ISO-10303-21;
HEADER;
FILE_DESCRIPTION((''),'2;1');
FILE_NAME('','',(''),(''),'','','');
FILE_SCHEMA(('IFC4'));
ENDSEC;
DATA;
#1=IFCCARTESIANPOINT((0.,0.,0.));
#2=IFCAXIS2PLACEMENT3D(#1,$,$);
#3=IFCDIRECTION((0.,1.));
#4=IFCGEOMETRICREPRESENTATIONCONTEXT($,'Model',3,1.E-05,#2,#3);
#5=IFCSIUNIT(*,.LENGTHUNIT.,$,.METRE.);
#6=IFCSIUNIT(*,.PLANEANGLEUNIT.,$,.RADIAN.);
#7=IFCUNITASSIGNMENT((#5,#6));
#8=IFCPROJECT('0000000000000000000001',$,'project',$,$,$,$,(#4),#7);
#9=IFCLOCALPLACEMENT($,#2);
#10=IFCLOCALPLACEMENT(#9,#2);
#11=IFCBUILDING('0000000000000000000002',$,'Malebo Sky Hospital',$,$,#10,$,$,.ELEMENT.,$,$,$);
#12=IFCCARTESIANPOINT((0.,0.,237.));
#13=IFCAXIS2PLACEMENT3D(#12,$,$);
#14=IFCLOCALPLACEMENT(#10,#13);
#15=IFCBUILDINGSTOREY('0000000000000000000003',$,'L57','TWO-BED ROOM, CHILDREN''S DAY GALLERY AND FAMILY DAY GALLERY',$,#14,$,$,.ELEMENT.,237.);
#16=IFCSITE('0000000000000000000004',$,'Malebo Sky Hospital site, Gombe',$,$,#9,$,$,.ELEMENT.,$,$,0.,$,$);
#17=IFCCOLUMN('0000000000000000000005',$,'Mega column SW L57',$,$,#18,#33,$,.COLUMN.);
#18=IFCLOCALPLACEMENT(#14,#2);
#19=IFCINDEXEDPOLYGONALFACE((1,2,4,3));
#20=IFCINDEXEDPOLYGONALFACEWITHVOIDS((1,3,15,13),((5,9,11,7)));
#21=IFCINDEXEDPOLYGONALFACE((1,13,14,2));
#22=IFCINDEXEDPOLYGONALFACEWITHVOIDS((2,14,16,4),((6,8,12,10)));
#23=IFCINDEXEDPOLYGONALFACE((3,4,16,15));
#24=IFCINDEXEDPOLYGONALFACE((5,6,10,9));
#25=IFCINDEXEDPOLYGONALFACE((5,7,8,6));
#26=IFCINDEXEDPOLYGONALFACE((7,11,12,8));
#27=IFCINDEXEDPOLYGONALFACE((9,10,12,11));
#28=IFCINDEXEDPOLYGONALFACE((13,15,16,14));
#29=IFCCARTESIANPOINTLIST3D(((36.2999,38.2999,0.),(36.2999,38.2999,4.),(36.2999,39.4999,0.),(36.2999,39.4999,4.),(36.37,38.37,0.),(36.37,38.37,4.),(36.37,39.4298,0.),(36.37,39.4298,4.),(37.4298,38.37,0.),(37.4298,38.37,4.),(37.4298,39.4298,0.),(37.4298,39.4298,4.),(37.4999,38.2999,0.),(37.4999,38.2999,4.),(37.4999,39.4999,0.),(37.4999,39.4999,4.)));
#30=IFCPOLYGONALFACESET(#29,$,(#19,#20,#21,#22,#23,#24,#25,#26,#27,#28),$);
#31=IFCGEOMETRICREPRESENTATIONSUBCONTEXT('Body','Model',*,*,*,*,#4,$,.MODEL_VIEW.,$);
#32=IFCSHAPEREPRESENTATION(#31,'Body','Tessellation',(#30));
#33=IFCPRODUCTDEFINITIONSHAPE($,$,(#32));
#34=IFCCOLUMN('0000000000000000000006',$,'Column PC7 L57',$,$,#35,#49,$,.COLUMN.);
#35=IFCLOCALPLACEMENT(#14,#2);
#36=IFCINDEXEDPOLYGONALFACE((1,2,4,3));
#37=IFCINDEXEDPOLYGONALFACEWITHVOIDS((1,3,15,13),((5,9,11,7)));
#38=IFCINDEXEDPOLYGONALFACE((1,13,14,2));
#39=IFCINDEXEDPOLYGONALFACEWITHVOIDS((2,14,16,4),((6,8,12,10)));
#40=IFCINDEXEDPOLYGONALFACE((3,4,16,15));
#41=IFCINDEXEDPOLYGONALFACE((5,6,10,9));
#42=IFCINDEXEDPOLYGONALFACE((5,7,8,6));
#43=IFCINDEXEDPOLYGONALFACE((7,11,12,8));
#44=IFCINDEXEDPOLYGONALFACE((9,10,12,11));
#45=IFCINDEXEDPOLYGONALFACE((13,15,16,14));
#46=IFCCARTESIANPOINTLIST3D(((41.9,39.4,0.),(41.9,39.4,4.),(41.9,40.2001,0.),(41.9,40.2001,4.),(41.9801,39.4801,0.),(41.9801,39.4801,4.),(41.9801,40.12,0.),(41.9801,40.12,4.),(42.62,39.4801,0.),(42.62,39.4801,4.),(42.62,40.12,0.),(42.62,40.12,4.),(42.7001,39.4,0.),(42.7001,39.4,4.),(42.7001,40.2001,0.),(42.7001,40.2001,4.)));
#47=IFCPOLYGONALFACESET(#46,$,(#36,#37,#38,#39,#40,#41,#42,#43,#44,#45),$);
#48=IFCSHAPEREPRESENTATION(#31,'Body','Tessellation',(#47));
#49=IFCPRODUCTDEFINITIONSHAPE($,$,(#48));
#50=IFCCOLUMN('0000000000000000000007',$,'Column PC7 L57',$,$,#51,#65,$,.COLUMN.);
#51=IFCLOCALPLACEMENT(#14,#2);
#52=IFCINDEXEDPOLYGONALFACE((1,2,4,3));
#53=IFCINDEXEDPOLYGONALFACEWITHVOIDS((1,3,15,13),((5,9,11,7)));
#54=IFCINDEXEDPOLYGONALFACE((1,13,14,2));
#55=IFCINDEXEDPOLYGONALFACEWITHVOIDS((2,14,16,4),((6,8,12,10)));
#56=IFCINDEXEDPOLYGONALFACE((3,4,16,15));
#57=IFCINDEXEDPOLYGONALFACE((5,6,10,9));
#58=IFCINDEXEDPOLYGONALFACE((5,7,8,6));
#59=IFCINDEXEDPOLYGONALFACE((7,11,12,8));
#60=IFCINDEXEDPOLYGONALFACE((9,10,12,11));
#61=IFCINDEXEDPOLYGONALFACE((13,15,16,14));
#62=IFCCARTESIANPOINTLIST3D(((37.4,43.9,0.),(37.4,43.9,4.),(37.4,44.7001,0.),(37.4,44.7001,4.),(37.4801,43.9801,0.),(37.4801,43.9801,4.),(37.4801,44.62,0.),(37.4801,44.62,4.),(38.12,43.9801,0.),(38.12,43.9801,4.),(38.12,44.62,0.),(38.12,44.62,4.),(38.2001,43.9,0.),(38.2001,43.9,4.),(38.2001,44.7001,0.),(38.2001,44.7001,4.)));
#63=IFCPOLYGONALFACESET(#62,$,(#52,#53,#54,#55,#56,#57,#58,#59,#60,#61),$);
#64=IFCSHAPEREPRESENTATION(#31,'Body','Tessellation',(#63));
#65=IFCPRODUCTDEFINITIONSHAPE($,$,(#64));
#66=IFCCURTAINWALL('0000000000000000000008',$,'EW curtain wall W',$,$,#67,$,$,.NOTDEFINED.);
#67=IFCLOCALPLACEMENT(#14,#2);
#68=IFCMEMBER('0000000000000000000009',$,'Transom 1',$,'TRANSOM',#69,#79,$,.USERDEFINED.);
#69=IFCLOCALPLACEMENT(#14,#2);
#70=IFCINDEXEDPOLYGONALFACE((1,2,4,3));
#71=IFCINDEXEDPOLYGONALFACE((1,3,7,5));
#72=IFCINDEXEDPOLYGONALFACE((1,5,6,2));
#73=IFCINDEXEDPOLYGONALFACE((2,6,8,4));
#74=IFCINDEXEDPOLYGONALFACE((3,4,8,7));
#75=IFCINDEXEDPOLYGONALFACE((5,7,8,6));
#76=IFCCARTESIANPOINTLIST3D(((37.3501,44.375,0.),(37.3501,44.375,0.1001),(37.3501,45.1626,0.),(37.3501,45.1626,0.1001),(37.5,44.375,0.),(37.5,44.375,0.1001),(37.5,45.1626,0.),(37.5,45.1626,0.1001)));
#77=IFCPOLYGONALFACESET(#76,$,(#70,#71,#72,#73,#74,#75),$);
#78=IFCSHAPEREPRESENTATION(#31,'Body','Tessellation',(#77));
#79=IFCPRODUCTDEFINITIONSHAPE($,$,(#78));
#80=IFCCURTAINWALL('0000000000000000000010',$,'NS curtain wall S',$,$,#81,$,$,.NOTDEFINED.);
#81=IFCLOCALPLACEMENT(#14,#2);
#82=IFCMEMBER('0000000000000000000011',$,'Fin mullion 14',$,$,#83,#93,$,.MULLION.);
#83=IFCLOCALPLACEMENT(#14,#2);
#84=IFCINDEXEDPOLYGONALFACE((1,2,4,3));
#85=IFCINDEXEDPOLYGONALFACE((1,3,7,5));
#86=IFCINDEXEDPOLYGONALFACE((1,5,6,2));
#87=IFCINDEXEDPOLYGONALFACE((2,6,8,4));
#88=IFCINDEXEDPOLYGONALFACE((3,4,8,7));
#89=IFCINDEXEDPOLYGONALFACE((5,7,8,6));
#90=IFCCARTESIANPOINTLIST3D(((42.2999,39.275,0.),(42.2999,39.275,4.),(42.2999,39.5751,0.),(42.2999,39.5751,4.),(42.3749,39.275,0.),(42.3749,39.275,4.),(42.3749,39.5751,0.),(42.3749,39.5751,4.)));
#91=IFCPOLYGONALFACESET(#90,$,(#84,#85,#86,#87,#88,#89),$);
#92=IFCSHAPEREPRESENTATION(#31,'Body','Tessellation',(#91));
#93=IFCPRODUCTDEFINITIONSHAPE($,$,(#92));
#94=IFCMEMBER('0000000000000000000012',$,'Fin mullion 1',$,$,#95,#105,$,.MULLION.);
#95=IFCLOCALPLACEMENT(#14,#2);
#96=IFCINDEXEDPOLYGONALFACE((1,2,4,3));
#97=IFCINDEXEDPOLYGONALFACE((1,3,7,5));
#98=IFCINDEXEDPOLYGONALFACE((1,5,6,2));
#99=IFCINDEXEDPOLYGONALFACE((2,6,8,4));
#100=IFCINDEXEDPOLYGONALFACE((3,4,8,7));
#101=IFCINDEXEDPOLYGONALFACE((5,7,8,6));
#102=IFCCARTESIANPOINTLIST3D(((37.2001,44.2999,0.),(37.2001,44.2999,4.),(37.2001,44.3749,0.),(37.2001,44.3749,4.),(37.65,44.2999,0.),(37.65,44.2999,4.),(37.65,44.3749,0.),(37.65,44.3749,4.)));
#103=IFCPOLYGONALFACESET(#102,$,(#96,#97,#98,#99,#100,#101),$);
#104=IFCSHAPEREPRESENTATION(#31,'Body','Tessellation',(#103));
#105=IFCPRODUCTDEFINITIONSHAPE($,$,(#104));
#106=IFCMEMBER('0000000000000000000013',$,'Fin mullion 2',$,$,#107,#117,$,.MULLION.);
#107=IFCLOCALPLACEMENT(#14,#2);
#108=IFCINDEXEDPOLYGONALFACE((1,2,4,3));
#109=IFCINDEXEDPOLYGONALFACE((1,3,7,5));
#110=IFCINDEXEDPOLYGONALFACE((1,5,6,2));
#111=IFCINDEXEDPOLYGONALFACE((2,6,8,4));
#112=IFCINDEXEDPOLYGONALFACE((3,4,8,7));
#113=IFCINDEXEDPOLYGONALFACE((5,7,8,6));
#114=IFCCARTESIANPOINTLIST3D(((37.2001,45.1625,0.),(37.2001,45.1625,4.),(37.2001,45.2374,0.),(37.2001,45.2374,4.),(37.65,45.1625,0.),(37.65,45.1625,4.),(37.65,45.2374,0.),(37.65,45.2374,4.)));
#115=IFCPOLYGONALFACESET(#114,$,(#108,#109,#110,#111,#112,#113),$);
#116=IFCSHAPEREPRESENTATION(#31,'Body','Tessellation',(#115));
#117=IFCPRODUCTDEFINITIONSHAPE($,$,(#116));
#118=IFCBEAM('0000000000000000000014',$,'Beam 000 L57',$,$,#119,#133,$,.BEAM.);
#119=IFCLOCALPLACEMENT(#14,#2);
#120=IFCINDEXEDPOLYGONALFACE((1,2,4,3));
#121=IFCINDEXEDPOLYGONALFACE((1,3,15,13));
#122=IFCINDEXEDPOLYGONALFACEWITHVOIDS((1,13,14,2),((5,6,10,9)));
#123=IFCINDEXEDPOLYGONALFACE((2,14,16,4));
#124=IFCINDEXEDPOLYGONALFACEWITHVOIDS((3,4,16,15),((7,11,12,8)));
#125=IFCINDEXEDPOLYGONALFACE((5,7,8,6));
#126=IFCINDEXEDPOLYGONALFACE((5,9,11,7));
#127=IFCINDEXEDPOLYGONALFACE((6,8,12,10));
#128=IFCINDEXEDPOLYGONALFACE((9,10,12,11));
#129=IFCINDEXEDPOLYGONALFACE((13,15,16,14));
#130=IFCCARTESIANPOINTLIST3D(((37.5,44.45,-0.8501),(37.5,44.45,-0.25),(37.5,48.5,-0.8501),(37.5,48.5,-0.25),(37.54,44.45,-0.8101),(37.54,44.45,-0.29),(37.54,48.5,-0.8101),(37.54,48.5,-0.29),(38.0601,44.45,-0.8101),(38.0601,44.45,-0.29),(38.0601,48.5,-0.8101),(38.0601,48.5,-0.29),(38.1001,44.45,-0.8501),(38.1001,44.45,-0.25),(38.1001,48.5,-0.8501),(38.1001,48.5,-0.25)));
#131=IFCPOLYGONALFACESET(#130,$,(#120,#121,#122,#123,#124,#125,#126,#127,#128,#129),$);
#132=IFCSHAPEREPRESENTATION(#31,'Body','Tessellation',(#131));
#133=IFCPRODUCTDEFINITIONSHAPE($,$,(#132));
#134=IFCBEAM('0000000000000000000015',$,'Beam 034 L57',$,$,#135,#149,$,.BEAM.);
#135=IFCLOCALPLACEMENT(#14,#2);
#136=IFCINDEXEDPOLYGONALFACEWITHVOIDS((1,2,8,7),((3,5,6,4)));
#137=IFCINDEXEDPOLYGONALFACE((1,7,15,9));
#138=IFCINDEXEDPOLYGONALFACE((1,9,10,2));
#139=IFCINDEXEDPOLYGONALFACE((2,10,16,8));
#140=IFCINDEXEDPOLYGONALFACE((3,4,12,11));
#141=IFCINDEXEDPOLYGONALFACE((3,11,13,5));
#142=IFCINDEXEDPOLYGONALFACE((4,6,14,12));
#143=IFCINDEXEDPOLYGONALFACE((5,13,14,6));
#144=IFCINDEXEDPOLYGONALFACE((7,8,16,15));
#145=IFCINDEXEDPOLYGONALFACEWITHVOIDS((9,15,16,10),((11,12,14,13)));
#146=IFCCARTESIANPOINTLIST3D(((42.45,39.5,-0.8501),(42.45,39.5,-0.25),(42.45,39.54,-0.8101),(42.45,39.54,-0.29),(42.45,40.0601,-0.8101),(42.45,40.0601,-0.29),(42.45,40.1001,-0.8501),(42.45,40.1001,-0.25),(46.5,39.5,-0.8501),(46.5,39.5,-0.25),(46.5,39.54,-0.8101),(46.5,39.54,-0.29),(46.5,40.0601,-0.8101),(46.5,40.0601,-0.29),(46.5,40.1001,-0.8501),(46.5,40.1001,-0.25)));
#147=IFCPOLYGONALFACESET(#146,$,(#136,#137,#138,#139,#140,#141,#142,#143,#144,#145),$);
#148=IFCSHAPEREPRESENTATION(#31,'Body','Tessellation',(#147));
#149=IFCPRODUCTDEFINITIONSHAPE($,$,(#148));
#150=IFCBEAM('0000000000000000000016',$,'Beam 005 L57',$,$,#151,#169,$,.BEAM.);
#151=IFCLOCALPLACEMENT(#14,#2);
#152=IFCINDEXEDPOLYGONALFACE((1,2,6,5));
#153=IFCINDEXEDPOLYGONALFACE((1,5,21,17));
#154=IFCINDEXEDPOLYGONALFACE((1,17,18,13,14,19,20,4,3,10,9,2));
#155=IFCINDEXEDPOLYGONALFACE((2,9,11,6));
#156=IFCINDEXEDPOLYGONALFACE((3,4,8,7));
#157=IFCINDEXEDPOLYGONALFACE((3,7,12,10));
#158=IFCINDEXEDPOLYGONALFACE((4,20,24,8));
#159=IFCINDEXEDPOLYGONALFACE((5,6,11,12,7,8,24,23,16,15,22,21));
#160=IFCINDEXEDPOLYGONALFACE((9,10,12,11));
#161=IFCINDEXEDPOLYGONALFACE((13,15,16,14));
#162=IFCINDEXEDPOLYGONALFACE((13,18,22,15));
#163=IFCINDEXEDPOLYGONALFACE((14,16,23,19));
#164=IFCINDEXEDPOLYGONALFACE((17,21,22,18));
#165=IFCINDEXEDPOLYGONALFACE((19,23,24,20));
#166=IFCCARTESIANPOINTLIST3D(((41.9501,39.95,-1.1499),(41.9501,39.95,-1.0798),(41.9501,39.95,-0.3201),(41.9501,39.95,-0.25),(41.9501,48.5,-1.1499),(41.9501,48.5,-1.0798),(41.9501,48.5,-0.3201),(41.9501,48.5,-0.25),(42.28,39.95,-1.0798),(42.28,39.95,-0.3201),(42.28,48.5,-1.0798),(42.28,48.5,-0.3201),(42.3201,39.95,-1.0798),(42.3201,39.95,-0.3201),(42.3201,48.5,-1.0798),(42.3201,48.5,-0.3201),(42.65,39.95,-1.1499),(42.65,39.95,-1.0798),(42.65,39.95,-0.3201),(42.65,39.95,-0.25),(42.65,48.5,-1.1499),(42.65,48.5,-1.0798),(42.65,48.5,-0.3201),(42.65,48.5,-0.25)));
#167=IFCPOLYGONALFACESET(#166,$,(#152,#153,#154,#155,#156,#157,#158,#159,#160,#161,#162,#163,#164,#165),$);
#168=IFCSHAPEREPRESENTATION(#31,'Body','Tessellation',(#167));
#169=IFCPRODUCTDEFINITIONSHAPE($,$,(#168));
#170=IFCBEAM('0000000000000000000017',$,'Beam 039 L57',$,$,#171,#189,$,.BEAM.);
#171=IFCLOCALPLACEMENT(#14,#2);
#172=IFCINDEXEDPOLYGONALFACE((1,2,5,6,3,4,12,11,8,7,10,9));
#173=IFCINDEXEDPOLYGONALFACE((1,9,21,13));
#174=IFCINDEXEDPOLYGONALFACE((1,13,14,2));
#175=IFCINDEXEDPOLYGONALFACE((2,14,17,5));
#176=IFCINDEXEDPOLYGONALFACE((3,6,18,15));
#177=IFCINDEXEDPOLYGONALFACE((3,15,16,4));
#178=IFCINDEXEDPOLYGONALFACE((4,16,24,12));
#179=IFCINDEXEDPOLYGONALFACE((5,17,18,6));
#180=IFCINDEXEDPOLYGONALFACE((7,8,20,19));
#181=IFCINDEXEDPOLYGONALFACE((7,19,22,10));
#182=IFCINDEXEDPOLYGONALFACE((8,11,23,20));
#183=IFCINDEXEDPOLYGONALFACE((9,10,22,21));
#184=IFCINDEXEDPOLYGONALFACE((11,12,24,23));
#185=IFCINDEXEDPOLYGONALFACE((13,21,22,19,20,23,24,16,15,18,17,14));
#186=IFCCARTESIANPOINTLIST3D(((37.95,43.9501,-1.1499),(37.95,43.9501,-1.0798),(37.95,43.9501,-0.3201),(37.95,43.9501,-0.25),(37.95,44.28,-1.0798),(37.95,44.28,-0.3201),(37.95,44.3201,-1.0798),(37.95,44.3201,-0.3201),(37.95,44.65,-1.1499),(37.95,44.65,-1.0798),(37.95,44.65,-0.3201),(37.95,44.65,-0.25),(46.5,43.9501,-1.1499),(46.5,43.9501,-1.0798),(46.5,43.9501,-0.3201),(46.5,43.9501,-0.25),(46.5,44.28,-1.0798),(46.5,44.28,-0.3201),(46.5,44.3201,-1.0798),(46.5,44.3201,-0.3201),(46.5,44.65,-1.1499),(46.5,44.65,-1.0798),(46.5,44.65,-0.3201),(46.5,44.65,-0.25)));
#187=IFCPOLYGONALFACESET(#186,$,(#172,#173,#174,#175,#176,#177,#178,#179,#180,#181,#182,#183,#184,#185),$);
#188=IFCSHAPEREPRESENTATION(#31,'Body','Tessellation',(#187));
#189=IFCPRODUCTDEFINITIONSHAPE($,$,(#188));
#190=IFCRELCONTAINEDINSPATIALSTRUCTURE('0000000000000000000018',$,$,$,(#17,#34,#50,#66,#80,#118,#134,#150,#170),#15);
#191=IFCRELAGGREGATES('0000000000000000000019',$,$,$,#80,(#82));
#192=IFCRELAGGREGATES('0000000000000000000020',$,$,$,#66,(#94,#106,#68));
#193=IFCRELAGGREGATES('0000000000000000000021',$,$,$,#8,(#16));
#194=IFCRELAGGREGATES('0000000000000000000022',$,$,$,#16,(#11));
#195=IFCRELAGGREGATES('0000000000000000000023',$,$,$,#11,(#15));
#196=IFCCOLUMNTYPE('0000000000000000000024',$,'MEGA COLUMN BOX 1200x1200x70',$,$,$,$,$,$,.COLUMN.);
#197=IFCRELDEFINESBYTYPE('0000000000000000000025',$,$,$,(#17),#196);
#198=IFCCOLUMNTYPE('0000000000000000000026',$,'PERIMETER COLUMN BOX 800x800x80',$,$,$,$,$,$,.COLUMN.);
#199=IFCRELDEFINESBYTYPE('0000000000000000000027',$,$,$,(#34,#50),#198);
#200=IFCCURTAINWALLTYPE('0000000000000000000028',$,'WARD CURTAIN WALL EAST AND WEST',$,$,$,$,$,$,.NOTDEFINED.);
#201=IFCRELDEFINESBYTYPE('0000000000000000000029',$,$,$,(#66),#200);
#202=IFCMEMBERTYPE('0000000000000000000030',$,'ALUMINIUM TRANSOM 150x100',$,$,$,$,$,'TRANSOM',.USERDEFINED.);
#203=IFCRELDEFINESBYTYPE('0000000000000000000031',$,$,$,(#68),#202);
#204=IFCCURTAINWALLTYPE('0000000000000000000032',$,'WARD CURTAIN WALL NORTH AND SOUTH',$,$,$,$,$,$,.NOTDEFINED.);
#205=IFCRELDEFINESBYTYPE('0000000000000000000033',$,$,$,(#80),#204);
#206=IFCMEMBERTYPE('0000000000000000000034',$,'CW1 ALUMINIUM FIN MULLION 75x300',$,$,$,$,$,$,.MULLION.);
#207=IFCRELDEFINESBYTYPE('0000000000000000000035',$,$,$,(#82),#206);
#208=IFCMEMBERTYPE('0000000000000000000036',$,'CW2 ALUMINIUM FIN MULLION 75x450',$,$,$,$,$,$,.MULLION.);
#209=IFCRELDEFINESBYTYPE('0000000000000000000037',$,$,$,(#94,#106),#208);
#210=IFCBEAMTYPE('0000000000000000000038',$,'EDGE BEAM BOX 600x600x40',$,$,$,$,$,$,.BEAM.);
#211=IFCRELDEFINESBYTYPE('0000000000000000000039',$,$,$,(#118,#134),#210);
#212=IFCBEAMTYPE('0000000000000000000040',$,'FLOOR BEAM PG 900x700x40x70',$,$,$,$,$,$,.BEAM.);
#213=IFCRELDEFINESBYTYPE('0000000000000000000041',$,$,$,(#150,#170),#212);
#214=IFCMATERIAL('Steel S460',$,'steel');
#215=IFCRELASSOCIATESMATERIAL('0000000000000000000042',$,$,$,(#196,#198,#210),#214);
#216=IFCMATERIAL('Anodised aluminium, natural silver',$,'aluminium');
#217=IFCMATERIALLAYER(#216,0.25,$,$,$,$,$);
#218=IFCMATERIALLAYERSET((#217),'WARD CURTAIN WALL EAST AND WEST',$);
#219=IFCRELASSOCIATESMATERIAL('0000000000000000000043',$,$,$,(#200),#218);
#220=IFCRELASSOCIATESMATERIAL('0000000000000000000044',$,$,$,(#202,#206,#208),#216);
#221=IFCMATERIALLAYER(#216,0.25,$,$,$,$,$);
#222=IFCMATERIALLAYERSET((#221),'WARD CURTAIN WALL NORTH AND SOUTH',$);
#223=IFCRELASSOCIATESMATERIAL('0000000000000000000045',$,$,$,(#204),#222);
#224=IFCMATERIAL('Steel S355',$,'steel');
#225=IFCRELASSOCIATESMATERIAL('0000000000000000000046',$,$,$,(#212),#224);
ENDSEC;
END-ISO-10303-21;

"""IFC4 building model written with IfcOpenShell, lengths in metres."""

from ifc_helpers import new_model, si_unit, direction, frame, origin, origin_2d, place, context, subcontext, project, spatial, rectangle, hollow_rectangle, i_section, extrude, material, layer, layer_set, material_profile, profile_set, type_object, element, aggregate, save


model = new_model("IFC4")

# Units and contexts
model_context = context("Model", 3, precision=1e-05, world=origin(), true_north=direction((0.0, 1.0)))
body_context = subcontext(model_context, "Body", "Model", "MODEL_VIEW")
ifc_project = project(units=[si_unit("LENGTHUNIT", "METRE"), si_unit("PLANEANGLEUNIT", "RADIAN")], contexts=[model_context])

# Site, building, storey
site_placement = place(None, origin())
site = spatial("IfcSite", under=ifc_project, at=site_placement, Name="Malebo Sky Hospital site, Gombe", CompositionType="ELEMENT", RefElevation=0.0)
building_placement = place(site_placement, origin())
building = spatial("IfcBuilding", under=site, at=building_placement, Name="Malebo Sky Hospital", CompositionType="ELEMENT")
storey_placement = place(building_placement, frame((0.0, 0.0, 237.0)))
storey = spatial("IfcBuildingStorey", under=building, at=storey_placement, Name="L57", Description="TWO-BED ROOM, CHILDREN'S DAY GALLERY AND FAMILY DAY GALLERY", CompositionType="ELEMENT", Elevation=237.0)

# Columns
ifc_material_1 = material(Name="Steel S460", Category="steel")
ifc_material_profile_1 = material_profile(ifc_material_1, hollow_rectangle(XDim=1.2, YDim=1.2, WallThickness=0.0701, at=origin_2d()), Name="BOX 1200x1200x70")
ifc_profile_set_1 = profile_set([ifc_material_profile_1], Name="Steel S460")
column_type_1 = type_object("IfcColumnType", Name="MEGA COLUMN BOX 1200x1200x70", PredefinedType="COLUMN", material=ifc_profile_set_1)
column_placement = place(storey_placement, frame((36.8999, 38.8999, 0.0), z_axis=(0.0, 0.0, 1.0), x_axis=(1.0, 0.0, 0.0)))
element("IfcColumn", 1, at=column_placement, inside=storey, type_object=column_type_1, Name="Mega column SW L57", PredefinedType="COLUMN", context=body_context, shape_type="SweptSolid", body=[
    extrude(hollow_rectangle(XDim=1.2, YDim=1.2, WallThickness=0.0701, at=origin_2d()), origin(), (0.0, 0.0, 1.0), 4.0),
])
ifc_material_profile_2 = material_profile(ifc_material_1, hollow_rectangle(XDim=0.8, YDim=0.8, WallThickness=0.0801, at=origin_2d()), Name="BOX 800x800x80")
ifc_profile_set_2 = profile_set([ifc_material_profile_2], Name="Steel S460")
column_type_2 = type_object("IfcColumnType", Name="PERIMETER COLUMN BOX 800x800x80", PredefinedType="COLUMN", material=ifc_profile_set_2)
for number, where, z_axis, x_axis, name in (
    (2, (42.3, 39.8, 0.0), (0.0, 0.0, 1.0), (1.0, 0.0, 0.0), "Column PC7 L57"),
    (3, (37.8, 44.3, 0.0), (0.0, 0.0, 1.0), (1.0, 0.0, 0.0), "Column PC7 L57"),
):
    element("IfcColumn", number, at=place(storey_placement, frame(where, z_axis=z_axis, x_axis=x_axis)), inside=storey, type_object=column_type_2, Name=name, PredefinedType="COLUMN", context=body_context, shape_type="SweptSolid", body=[
        extrude(hollow_rectangle(XDim=0.8, YDim=0.8, WallThickness=0.0801, at=origin_2d()), origin(), (0.0, 0.0, 1.0), 4.0),
    ])

# Curtain walls, members
ifc_material_2 = material(Name="Anodised aluminium, natural silver", Category="aluminium")
ifc_layer_1 = layer(ifc_material_2, 0.25)
ifc_layer_set_1 = layer_set([ifc_layer_1], Name="WARD CURTAIN WALL EAST AND WEST")
curtain_wall_type_1 = type_object("IfcCurtainWallType", Name="WARD CURTAIN WALL EAST AND WEST", PredefinedType="NOTDEFINED", material=ifc_layer_set_1)
curtain_wall_1_placement = place(storey_placement, origin())
curtain_wall_1 = element("IfcCurtainWall", 4, at=curtain_wall_1_placement, inside=storey, type_object=curtain_wall_type_1, Name="EW curtain wall W", PredefinedType="NOTDEFINED")
ifc_material_profile_3 = material_profile(ifc_material_2, rectangle(XDim=0.1499, YDim=0.1001, at=origin_2d()), Name="ALUMINIUM TRANSOM 150x100")
ifc_profile_set_3 = profile_set([ifc_material_profile_3], Name="Anodised aluminium, natural silver")
member_type_1 = type_object("IfcMemberType", Name="ALUMINIUM TRANSOM 150x100", ElementType="TRANSOM", PredefinedType="USERDEFINED", material=ifc_profile_set_3)
member_1_placement = place(storey_placement, frame((37.425, 44.375, 0.05), z_axis=(0.0, 1.0, 0.0), x_axis=(-1.0, 0.0, 0.0)))
member_1 = element("IfcMember", 5, at=member_1_placement, type_object=member_type_1, Name="Transom 1", ObjectType="TRANSOM", PredefinedType="USERDEFINED", context=body_context, shape_type="SweptSolid", body=[
    extrude(rectangle(XDim=0.1499, YDim=0.1001, at=origin_2d()), origin(), (0.0, 0.0, 1.0), 0.7876),
])
ifc_layer_2 = layer(ifc_material_2, 0.25)
ifc_layer_set_2 = layer_set([ifc_layer_2], Name="WARD CURTAIN WALL NORTH AND SOUTH")
curtain_wall_type_2 = type_object("IfcCurtainWallType", Name="WARD CURTAIN WALL NORTH AND SOUTH", PredefinedType="NOTDEFINED", material=ifc_layer_set_2)
curtain_wall_2_placement = place(storey_placement, origin())
curtain_wall_2 = element("IfcCurtainWall", 6, at=curtain_wall_2_placement, inside=storey, type_object=curtain_wall_type_2, Name="NS curtain wall S", PredefinedType="NOTDEFINED")
ifc_material_profile_4 = material_profile(ifc_material_2, rectangle(XDim=0.075, YDim=0.3, at=origin_2d()), Name="CW1 ALUMINIUM FIN MULLION 75x300")
ifc_profile_set_4 = profile_set([ifc_material_profile_4], Name="Anodised aluminium, natural silver")
member_type_2 = type_object("IfcMemberType", Name="CW1 ALUMINIUM FIN MULLION 75x300", PredefinedType="MULLION", material=ifc_profile_set_4)
member_2_placement = place(storey_placement, frame((42.3374, 39.425, 0.0), z_axis=(0.0, 0.0, 1.0), x_axis=(-1.0, 0.0, 0.0)))
member_2 = element("IfcMember", 7, at=member_2_placement, type_object=member_type_2, Name="Fin mullion 14", PredefinedType="MULLION", context=body_context, shape_type="SweptSolid", body=[
    extrude(rectangle(XDim=0.075, YDim=0.3, at=origin_2d()), origin(), (0.0, 0.0, 1.0), 4.0),
])
aggregate(curtain_wall_2, [member_2])

# Members
ifc_material_profile_5 = material_profile(ifc_material_2, rectangle(XDim=0.075, YDim=0.45, at=origin_2d()), Name="CW2 ALUMINIUM FIN MULLION 75x450")
ifc_profile_set_5 = profile_set([ifc_material_profile_5], Name="Anodised aluminium, natural silver")
member_type_3 = type_object("IfcMemberType", Name="CW2 ALUMINIUM FIN MULLION 75x450", PredefinedType="MULLION", material=ifc_profile_set_5)
member_3_placement = place(storey_placement, frame((37.425, 44.3374, 0.0), z_axis=(0.0, 0.0, 1.0), x_axis=(0.0, 1.0, 0.0)))
member_3 = element("IfcMember", 8, at=member_3_placement, type_object=member_type_3, Name="Fin mullion 1", PredefinedType="MULLION", context=body_context, shape_type="SweptSolid", body=[
    extrude(rectangle(XDim=0.075, YDim=0.45, at=origin_2d()), origin(), (0.0, 0.0, 1.0), 4.0),
])
member_4_placement = place(storey_placement, frame((37.425, 45.2, 0.0), z_axis=(0.0, 0.0, 1.0), x_axis=(0.0, 1.0, 0.0)))
member_4 = element("IfcMember", 9, at=member_4_placement, type_object=member_type_3, Name="Fin mullion 2", PredefinedType="MULLION", context=body_context, shape_type="SweptSolid", body=[
    extrude(rectangle(XDim=0.075, YDim=0.45, at=origin_2d()), origin(), (0.0, 0.0, 1.0), 4.0),
])

# Beams
ifc_material_profile_6 = material_profile(ifc_material_1, hollow_rectangle(XDim=0.6001, YDim=0.6001, WallThickness=0.04, at=origin_2d()), Name="BOX 600x600x40")
ifc_profile_set_6 = profile_set([ifc_material_profile_6], Name="Steel S460")
beam_type_1 = type_object("IfcBeamType", Name="EDGE BEAM BOX 600x600x40", PredefinedType="BEAM", material=ifc_profile_set_6)
for number, where, z_axis, x_axis, name in (
    (10, (37.8, 44.45, -0.55), (0.0, 1.0, 0.0), (-1.0, 0.0, 0.0), "Beam 000 L57"),
    (11, (42.45, 39.8, -0.55), (1.0, 0.0, 0.0), (0.0, 1.0, 0.0), "Beam 034 L57"),
):
    element("IfcBeam", number, at=place(storey_placement, frame(where, z_axis=z_axis, x_axis=x_axis)), inside=storey, type_object=beam_type_1, Name=name, PredefinedType="BEAM", context=body_context, shape_type="SweptSolid", body=[
        extrude(hollow_rectangle(XDim=0.6001, YDim=0.6001, WallThickness=0.04, at=origin_2d()), origin(), (0.0, 0.0, 1.0), 4.05),
    ])
ifc_material_3 = material(Name="Steel S355", Category="steel")
ifc_material_profile_7 = material_profile(ifc_material_3, i_section(OverallWidth=0.7, OverallDepth=0.8999, WebThickness=0.04, FlangeThickness=0.0701, at=origin_2d()), Name="PG 900x700x40x70")
ifc_profile_set_7 = profile_set([ifc_material_profile_7], Name="Steel S355")
beam_type_2 = type_object("IfcBeamType", Name="FLOOR BEAM PG 900x700x40x70", PredefinedType="BEAM", material=ifc_profile_set_7)
for number, where, z_axis, x_axis, name in (
    (12, (42.3, 39.95, -0.7), (0.0, 1.0, 0.0), (-1.0, 0.0, 0.0), "Beam 005 L57"),
    (13, (37.95, 44.3, -0.7), (1.0, 0.0, 0.0), (0.0, 1.0, 0.0), "Beam 039 L57"),
):
    element("IfcBeam", number, at=place(storey_placement, frame(where, z_axis=z_axis, x_axis=x_axis)), inside=storey, type_object=beam_type_2, Name=name, PredefinedType="BEAM", context=body_context, shape_type="SweptSolid", body=[
        extrude(i_section(OverallWidth=0.7, OverallDepth=0.8999, WebThickness=0.04, FlangeThickness=0.0701, at=origin_2d()), origin(), (0.0, 0.0, 1.0), 8.55),
    ])

aggregate(curtain_wall_1, [member_3, member_4, member_1])

save(model, "model.ifc")
